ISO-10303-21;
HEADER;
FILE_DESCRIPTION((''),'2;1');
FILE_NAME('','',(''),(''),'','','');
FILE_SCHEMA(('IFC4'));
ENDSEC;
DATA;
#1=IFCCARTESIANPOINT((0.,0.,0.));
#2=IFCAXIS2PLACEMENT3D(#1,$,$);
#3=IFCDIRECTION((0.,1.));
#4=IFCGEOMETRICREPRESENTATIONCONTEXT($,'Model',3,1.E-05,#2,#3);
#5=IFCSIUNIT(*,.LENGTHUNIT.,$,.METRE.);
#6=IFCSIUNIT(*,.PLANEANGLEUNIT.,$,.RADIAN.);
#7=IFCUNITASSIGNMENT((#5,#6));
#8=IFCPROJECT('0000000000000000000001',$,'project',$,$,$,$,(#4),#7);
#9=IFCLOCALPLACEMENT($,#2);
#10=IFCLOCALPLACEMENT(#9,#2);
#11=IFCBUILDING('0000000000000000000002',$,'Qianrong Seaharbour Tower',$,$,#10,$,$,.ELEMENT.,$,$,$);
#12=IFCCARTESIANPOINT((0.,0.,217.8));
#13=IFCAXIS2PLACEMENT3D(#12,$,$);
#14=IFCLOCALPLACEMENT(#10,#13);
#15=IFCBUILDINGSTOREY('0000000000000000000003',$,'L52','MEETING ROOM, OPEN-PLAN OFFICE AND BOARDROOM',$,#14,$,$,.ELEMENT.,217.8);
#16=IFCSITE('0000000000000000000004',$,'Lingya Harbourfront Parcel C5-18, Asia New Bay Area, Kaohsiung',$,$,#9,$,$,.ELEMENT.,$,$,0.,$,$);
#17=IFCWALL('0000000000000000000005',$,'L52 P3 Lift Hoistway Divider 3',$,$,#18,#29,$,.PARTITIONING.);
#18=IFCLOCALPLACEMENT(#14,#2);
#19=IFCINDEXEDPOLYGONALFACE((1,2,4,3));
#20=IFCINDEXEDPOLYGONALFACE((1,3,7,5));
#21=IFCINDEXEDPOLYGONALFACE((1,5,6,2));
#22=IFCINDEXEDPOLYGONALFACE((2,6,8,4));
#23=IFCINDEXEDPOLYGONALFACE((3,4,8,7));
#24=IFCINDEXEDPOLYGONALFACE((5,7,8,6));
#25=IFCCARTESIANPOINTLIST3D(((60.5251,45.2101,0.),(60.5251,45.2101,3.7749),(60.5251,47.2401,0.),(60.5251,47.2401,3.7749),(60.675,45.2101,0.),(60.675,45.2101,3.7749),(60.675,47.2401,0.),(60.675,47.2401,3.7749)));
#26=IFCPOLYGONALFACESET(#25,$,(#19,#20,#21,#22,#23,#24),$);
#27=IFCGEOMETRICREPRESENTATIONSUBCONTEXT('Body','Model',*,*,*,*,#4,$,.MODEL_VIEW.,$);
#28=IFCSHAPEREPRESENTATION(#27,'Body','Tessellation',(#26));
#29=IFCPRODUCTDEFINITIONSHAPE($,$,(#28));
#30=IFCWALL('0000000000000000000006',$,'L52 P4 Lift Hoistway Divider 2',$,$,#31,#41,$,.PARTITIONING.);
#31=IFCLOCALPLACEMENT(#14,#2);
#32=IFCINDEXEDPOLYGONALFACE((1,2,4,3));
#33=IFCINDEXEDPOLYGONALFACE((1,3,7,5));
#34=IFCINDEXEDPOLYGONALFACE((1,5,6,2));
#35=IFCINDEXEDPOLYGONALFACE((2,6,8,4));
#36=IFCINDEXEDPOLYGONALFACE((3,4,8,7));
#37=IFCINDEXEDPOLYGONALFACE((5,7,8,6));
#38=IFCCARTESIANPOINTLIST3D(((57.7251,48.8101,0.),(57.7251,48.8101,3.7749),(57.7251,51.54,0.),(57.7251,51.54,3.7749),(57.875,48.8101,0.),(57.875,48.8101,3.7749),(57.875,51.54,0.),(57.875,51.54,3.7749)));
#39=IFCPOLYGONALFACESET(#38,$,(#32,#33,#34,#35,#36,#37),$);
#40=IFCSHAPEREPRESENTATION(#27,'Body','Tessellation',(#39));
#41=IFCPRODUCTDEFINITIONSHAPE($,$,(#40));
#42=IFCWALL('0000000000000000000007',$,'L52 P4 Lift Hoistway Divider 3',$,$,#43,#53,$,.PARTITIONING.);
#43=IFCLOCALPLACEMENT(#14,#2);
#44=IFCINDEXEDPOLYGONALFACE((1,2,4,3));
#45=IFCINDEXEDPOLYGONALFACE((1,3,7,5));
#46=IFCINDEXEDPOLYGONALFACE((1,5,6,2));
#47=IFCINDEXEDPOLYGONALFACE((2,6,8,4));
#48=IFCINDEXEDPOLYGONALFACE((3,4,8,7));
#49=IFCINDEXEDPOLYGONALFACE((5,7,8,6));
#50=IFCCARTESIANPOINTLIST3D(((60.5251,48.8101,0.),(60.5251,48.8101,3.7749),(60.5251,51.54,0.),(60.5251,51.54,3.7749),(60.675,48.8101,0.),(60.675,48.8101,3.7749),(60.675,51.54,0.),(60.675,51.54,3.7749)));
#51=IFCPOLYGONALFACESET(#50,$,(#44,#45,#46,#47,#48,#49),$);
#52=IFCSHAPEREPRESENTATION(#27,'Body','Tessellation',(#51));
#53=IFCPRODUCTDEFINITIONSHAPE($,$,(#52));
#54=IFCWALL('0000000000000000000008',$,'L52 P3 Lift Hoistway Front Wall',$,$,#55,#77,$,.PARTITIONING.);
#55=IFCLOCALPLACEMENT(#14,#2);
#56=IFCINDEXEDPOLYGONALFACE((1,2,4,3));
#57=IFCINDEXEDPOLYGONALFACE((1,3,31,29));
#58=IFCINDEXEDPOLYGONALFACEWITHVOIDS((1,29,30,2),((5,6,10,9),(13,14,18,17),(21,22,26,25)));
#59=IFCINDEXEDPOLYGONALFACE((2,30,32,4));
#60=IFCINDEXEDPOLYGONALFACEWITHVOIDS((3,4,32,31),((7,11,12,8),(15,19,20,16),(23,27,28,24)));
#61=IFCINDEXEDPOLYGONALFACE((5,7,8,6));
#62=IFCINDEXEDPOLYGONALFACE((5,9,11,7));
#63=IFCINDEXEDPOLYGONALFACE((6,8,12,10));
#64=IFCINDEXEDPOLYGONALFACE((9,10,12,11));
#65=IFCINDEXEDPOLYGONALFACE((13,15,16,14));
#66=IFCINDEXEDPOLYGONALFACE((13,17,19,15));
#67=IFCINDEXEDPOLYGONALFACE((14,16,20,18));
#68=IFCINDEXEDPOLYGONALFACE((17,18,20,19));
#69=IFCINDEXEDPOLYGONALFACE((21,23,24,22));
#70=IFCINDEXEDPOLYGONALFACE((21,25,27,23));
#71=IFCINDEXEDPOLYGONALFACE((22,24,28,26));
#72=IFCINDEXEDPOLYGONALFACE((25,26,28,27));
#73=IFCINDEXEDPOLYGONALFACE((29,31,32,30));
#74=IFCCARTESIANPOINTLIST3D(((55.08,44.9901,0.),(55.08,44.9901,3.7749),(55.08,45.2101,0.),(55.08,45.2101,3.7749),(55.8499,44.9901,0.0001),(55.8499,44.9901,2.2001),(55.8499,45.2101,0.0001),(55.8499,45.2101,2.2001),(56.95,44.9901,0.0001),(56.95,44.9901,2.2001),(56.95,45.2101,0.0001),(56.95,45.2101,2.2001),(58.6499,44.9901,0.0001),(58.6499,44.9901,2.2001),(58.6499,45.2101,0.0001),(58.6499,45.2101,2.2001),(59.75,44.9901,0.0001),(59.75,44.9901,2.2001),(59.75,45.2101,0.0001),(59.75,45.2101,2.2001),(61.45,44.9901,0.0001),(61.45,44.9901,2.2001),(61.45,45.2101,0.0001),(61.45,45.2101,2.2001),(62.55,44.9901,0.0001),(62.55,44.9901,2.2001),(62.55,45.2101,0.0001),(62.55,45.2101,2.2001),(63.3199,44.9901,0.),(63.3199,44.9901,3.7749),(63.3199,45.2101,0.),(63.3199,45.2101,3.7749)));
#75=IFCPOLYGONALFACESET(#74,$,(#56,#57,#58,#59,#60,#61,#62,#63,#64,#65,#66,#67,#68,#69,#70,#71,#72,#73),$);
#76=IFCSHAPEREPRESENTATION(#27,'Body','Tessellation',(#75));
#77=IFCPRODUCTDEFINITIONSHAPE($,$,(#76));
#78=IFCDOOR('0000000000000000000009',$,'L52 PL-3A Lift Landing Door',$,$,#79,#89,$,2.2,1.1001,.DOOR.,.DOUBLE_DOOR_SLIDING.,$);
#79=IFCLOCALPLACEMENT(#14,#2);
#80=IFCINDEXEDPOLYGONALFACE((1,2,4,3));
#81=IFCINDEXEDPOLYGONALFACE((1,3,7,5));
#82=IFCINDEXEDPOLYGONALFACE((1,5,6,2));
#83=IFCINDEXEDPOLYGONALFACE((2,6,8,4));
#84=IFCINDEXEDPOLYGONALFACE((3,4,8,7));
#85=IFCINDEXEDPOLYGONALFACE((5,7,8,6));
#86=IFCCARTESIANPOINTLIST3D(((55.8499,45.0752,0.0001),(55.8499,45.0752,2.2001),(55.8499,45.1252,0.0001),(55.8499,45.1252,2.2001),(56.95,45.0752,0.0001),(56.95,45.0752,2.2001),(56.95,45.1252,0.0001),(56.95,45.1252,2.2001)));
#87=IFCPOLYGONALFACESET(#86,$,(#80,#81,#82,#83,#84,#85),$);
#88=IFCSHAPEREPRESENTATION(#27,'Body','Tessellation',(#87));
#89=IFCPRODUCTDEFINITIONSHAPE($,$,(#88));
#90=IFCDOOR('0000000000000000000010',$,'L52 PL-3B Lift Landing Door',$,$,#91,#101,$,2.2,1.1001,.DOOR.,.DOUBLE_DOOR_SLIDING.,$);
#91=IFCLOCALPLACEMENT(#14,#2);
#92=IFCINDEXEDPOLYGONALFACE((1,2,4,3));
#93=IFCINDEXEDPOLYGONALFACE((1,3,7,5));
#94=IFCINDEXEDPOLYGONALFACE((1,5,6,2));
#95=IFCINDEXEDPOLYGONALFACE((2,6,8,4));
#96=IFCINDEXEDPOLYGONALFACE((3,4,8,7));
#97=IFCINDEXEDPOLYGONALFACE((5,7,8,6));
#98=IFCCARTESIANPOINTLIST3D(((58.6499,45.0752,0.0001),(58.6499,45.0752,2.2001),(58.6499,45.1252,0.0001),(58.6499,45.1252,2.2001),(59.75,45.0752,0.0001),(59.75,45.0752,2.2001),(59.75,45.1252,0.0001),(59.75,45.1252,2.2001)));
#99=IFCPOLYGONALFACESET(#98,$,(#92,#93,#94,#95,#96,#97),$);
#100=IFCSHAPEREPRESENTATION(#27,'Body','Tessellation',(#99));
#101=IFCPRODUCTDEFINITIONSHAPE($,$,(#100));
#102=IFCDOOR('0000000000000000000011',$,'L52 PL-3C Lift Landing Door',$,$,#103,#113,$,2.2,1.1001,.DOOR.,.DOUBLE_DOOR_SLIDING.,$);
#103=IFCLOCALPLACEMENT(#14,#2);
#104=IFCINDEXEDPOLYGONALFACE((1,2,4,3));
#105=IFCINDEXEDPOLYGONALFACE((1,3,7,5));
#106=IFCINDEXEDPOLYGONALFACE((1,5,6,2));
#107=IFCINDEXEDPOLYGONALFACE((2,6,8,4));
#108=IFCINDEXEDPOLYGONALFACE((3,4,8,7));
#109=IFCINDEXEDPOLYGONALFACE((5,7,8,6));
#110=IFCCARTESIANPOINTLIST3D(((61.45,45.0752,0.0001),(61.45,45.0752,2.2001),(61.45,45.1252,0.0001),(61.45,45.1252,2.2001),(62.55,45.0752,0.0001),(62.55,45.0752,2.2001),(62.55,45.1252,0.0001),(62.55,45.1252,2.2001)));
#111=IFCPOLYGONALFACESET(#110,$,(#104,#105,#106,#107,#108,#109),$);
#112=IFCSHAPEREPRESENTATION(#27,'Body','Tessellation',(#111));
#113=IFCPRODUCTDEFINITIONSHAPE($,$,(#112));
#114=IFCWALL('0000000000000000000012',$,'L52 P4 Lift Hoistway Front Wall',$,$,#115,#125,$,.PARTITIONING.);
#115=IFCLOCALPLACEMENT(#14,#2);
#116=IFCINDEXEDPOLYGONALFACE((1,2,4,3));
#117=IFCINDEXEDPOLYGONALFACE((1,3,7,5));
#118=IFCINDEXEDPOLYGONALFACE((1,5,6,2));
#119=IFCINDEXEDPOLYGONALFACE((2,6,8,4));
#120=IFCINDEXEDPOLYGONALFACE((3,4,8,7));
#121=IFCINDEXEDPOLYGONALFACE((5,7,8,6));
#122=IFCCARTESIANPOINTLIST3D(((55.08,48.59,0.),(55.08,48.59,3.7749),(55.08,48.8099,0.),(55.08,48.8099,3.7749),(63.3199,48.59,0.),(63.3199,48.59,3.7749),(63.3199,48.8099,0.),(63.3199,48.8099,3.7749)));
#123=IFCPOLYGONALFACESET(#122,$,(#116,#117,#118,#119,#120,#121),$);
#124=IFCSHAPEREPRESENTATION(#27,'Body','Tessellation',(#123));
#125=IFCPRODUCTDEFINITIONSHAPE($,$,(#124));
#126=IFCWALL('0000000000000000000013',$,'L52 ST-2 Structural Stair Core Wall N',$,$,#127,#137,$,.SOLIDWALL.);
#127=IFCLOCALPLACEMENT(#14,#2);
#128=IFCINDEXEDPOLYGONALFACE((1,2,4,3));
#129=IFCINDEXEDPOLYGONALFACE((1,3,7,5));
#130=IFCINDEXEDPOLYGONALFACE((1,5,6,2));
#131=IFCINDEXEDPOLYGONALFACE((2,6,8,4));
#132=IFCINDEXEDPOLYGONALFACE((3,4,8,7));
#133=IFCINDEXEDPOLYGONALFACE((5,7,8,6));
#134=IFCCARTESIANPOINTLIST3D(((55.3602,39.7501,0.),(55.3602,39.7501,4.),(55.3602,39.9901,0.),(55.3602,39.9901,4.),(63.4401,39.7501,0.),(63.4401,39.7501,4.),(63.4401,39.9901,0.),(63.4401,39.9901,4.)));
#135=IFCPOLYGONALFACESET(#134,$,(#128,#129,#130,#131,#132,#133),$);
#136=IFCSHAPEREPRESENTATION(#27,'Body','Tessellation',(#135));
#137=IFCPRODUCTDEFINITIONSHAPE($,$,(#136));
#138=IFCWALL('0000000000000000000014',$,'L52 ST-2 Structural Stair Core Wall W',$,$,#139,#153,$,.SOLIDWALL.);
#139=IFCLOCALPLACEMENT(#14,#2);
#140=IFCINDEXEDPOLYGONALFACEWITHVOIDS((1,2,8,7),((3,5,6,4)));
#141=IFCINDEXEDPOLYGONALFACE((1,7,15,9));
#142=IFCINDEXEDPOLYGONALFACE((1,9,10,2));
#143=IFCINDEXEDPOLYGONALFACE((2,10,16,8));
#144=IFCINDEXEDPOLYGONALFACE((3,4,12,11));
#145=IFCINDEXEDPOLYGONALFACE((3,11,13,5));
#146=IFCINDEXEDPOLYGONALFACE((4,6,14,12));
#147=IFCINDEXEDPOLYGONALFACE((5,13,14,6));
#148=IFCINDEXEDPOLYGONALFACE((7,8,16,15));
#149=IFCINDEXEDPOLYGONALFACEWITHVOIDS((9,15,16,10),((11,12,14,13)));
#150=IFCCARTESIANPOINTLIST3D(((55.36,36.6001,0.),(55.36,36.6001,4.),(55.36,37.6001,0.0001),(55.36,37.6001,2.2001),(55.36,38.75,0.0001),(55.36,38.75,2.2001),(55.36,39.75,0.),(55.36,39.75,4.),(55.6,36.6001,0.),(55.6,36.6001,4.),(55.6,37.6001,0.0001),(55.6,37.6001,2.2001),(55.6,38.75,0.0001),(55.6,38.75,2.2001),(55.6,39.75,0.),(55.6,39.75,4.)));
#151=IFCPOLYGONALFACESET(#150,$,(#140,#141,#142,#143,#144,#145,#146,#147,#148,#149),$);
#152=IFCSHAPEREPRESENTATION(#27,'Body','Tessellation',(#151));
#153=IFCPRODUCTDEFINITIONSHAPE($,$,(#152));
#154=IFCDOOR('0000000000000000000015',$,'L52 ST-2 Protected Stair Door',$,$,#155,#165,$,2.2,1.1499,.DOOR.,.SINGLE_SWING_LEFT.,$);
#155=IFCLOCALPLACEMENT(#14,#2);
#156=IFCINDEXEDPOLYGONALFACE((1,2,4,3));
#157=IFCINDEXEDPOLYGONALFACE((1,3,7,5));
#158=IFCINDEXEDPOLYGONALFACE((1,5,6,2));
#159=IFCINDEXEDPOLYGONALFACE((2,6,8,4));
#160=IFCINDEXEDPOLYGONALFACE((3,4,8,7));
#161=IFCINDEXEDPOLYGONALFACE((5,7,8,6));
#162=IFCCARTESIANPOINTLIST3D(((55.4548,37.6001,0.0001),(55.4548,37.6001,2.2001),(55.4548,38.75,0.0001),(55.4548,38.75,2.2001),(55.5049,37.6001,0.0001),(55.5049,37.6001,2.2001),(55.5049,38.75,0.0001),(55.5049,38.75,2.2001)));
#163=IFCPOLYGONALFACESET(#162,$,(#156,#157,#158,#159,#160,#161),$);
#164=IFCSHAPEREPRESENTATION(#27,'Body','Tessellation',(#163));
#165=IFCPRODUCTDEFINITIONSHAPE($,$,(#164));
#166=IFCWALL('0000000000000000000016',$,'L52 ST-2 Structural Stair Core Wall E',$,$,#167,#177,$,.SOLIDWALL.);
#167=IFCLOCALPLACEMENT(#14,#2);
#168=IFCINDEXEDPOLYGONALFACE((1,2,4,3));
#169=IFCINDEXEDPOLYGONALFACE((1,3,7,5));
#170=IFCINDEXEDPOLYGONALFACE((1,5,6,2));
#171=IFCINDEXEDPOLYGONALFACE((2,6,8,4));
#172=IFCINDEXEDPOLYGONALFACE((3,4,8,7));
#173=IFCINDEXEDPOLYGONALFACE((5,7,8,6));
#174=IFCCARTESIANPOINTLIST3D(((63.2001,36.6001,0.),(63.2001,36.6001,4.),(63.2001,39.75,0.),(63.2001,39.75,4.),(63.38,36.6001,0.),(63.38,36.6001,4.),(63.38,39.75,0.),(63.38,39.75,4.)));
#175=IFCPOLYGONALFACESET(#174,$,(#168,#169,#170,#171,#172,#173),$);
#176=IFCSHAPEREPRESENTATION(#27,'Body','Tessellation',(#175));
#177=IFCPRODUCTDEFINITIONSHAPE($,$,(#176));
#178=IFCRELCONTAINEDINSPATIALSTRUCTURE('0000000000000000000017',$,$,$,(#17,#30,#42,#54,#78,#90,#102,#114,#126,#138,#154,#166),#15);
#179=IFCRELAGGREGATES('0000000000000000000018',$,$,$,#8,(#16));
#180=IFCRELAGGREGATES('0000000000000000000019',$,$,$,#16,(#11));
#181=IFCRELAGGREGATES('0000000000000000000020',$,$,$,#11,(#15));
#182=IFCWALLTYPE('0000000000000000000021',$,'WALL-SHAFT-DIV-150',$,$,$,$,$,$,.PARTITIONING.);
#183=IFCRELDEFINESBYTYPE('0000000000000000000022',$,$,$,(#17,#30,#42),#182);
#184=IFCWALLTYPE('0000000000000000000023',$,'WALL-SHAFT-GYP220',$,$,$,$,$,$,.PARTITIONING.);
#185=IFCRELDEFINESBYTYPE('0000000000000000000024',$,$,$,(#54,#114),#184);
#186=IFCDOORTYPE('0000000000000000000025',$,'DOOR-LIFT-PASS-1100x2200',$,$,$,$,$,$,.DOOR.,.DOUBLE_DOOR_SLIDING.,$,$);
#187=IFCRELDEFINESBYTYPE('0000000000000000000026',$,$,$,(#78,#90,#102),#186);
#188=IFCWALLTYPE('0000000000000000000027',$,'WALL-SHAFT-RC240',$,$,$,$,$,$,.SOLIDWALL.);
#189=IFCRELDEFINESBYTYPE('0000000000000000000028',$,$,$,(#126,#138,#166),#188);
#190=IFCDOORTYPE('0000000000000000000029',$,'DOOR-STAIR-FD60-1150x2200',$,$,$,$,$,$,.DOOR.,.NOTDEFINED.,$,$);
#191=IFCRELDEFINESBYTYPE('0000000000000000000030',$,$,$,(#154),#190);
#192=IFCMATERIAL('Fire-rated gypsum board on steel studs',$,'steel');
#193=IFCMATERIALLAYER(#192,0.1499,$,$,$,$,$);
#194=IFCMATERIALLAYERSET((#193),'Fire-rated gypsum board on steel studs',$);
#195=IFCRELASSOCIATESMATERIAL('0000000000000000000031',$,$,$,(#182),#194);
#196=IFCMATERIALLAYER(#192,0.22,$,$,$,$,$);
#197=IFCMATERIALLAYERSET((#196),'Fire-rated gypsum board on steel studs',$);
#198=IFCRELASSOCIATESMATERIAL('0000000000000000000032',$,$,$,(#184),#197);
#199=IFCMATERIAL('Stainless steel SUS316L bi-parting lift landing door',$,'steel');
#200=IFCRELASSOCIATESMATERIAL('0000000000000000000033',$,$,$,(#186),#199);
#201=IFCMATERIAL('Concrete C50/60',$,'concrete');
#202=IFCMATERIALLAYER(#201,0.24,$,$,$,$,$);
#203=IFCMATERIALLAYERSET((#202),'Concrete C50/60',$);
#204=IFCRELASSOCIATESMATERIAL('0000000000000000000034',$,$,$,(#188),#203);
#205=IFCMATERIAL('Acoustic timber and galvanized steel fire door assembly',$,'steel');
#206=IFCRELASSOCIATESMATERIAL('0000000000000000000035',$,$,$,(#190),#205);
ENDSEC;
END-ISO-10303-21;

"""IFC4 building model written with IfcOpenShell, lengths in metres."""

from ifc_helpers import new_model, si_unit, direction, frame, frame_2d, origin, place, context, subcontext, project, spatial, rectangle, extrude, material, layer, layer_set, type_object, element, fill, save


model = new_model("IFC4")

# Units and contexts
model_context = context("Model", 3, precision=1e-05, world=origin(), true_north=direction((0.0, 1.0)))
body_context = subcontext(model_context, "Body", "Model", "MODEL_VIEW")
ifc_project = project(units=[si_unit("LENGTHUNIT", "METRE"), si_unit("PLANEANGLEUNIT", "RADIAN")], contexts=[model_context])

# Site, building, storey
site_placement = place(None, origin())
site = spatial("IfcSite", under=ifc_project, at=site_placement, Name="Lingya Harbourfront Parcel C5-18, Asia New Bay Area, Kaohsiung", CompositionType="ELEMENT", RefElevation=0.0)
building_placement = place(site_placement, origin())
building = spatial("IfcBuilding", under=site, at=building_placement, Name="Qianrong Seaharbour Tower", CompositionType="ELEMENT")
storey_placement = place(building_placement, frame((0.0, 0.0, 217.8)))
storey = spatial("IfcBuildingStorey", under=building, at=storey_placement, Name="L52", Description="MEETING ROOM, OPEN-PLAN OFFICE AND BOARDROOM", CompositionType="ELEMENT", Elevation=217.8)

# Shared definitions
ifc_material_1 = material(Name="Acoustic timber and galvanized steel fire door assembly", Category="steel")

# Walls
ifc_material_2 = material(Name="Fire-rated gypsum board on steel studs", Category="steel")
ifc_layer_1 = layer(ifc_material_2, 0.1499)
ifc_layer_set_1 = layer_set([ifc_layer_1], Name="Fire-rated gypsum board on steel studs")
wall_type_1 = type_object("IfcWallType", Name="WALL-SHAFT-DIV-150", PredefinedType="PARTITIONING", material=ifc_layer_set_1)
for number, where, z_axis, x_axis, name in (
    (1, (60.6001, 45.21, 0.0), (0.0, 0.0, 1.0), (0.0, 1.0, 0.0), "L52 P3 Lift Hoistway Divider 3"),
):
    element("IfcWall", number, at=place(storey_placement, frame(where, z_axis=z_axis, x_axis=x_axis)), inside=storey, type_object=wall_type_1, Name=name, PredefinedType="PARTITIONING", context=body_context, shape_type="SweptSolid", body=[
        extrude(rectangle(XDim=2.03, YDim=0.1499, at=frame_2d((1.0151, 0.0))), origin(), (0.0, 0.0, 1.0), 3.7749),
    ])
for number, where, z_axis, x_axis, name in (
    (2, (57.8, 48.8101, 0.0), (0.0, 0.0, 1.0), (0.0, 1.0, 0.0), "L52 P4 Lift Hoistway Divider 2"),
    (3, (60.6001, 48.8101, 0.0), (0.0, 0.0, 1.0), (0.0, 1.0, 0.0), "L52 P4 Lift Hoistway Divider 3"),
):
    element("IfcWall", number, at=place(storey_placement, frame(where, z_axis=z_axis, x_axis=x_axis)), inside=storey, type_object=wall_type_1, Name=name, PredefinedType="PARTITIONING", context=body_context, shape_type="SweptSolid", body=[
        extrude(rectangle(XDim=2.73, YDim=0.1499, at=frame_2d((1.365, 0.0))), origin(), (0.0, 0.0, 1.0), 3.7749),
    ])

# Wall, openings, doors
ifc_layer_2 = layer(ifc_material_2, 0.22)
ifc_layer_set_2 = layer_set([ifc_layer_2], Name="Fire-rated gypsum board on steel studs")
wall_type_2 = type_object("IfcWallType", Name="WALL-SHAFT-GYP220", PredefinedType="PARTITIONING", material=ifc_layer_set_2)
wall_1_placement = place(storey_placement, frame((63.3201, 45.1001, 0.0), z_axis=(0.0, 0.0, 1.0), x_axis=(-1.0, 0.0, 0.0)))
wall_1 = element("IfcWall", 4, at=wall_1_placement, inside=storey, type_object=wall_type_2, Name="L52 P3 Lift Hoistway Front Wall", PredefinedType="PARTITIONING", context=body_context, shape_type="SweptSolid", body=[
    extrude(rectangle(XDim=8.24, YDim=0.22, at=frame_2d((4.1201, 0.0))), origin(), (0.0, 0.0, 1.0), 3.7749),
])
opening_1_placement = place(wall_1_placement, frame((6.3701, 0.0, 0.0)))
opening_1 = element("IfcOpeningElement", 5, at=opening_1_placement, cuts=wall_1, PredefinedType="OPENING", context=body_context, shape_type="SweptSolid", body=[
    extrude(rectangle(XDim=1.1001, YDim=2.2, at=frame_2d((0.55, 1.1001))), frame((0.0, 0.1201, 0.0), z_axis=(0.0, -1.0, 0.0), x_axis=(1.0, 0.0, 0.0)), (0.0, 0.0, 1.0), 0.24),
])
opening_2_placement = place(wall_1_placement, frame((3.5701, 0.0, 0.0)))
opening_2 = element("IfcOpeningElement", 6, at=opening_2_placement, cuts=wall_1, PredefinedType="OPENING", context=body_context, shape_type="SweptSolid", body=[
    extrude(rectangle(XDim=1.1001, YDim=2.2, at=frame_2d((0.55, 1.1001))), frame((0.0, 0.1201, 0.0), z_axis=(0.0, -1.0, 0.0), x_axis=(1.0, 0.0, 0.0)), (0.0, 0.0, 1.0), 0.24),
])
opening_3_placement = place(wall_1_placement, frame((0.77, 0.0, 0.0)))
opening_3 = element("IfcOpeningElement", 7, at=opening_3_placement, cuts=wall_1, PredefinedType="OPENING", context=body_context, shape_type="SweptSolid", body=[
    extrude(rectangle(XDim=1.1001, YDim=2.2, at=frame_2d((0.55, 1.1001))), frame((0.0, 0.1201, 0.0), z_axis=(0.0, -1.0, 0.0), x_axis=(1.0, 0.0, 0.0)), (0.0, 0.0, 1.0), 0.24),
])
ifc_material_3 = material(Name="Stainless steel SUS316L bi-parting lift landing door", Category="steel")
door_type_1 = type_object("IfcDoorType", Name="DOOR-LIFT-PASS-1100x2200", OperationType="DOUBLE_DOOR_SLIDING", PredefinedType="DOOR", material=ifc_material_3)
door_1_placement = place(opening_1_placement, origin())
door_1 = element("IfcDoor", 8, at=door_1_placement, inside=storey, type_object=door_type_1, Name="L52 PL-3A Lift Landing Door", OperationType="DOUBLE_DOOR_SLIDING", OverallHeight=2.2, OverallWidth=1.1001, PredefinedType="DOOR", context=body_context, shape_type="SweptSolid", body=[
    extrude(rectangle(XDim=1.1001, YDim=2.2, at=frame_2d((0.55, 1.1001))), frame((0.0, 0.0249, 0.0), z_axis=(0.0, -1.0, 0.0), x_axis=(1.0, 0.0, 0.0)), (0.0, 0.0, 1.0), 0.05),
])
fill(opening_1, door_1)
door_2_placement = place(opening_2_placement, origin())
door_2 = element("IfcDoor", 9, at=door_2_placement, inside=storey, type_object=door_type_1, Name="L52 PL-3B Lift Landing Door", OperationType="DOUBLE_DOOR_SLIDING", OverallHeight=2.2, OverallWidth=1.1001, PredefinedType="DOOR", context=body_context, shape_type="SweptSolid", body=[
    extrude(rectangle(XDim=1.1001, YDim=2.2, at=frame_2d((0.55, 1.1001))), frame((0.0, 0.0249, 0.0), z_axis=(0.0, -1.0, 0.0), x_axis=(1.0, 0.0, 0.0)), (0.0, 0.0, 1.0), 0.05),
])
fill(opening_2, door_2)
door_3_placement = place(opening_3_placement, origin())
door_3 = element("IfcDoor", 10, at=door_3_placement, inside=storey, type_object=door_type_1, Name="L52 PL-3C Lift Landing Door", OperationType="DOUBLE_DOOR_SLIDING", OverallHeight=2.2, OverallWidth=1.1001, PredefinedType="DOOR", context=body_context, shape_type="SweptSolid", body=[
    extrude(rectangle(XDim=1.1001, YDim=2.2, at=frame_2d((0.55, 1.1001))), frame((0.0, 0.0249, 0.0), z_axis=(0.0, -1.0, 0.0), x_axis=(1.0, 0.0, 0.0)), (0.0, 0.0, 1.0), 0.05),
])
fill(opening_3, door_3)

# Walls
wall_2_placement = place(storey_placement, frame((63.3201, 48.7, 0.0), z_axis=(0.0, 0.0, 1.0), x_axis=(-1.0, 0.0, 0.0)))
element("IfcWall", 11, at=wall_2_placement, inside=storey, type_object=wall_type_2, Name="L52 P4 Lift Hoistway Front Wall", PredefinedType="PARTITIONING", context=body_context, shape_type="SweptSolid", body=[
    extrude(rectangle(XDim=8.24, YDim=0.22, at=frame_2d((4.1201, 0.0))), origin(), (0.0, 0.0, 1.0), 3.7749),
])
ifc_material_4 = material(Name="Concrete C50/60", Category="concrete")
ifc_layer_3 = layer(ifc_material_4, 0.24)
ifc_layer_set_3 = layer_set([ifc_layer_3], Name="Concrete C50/60")
wall_type_3 = type_object("IfcWallType", Name="WALL-SHAFT-RC240", PredefinedType="SOLIDWALL", material=ifc_layer_set_3)
wall_3_placement = place(storey_placement, frame((55.3601, 39.8701, 0.0), z_axis=(0.0, 0.0, 1.0), x_axis=(1.0, 0.0, 0.0)))
element("IfcWall", 12, at=wall_3_placement, inside=storey, type_object=wall_type_3, Name="L52 ST-2 Structural Stair Core Wall N", PredefinedType="SOLIDWALL", context=body_context, shape_type="SweptSolid", body=[
    extrude(rectangle(XDim=8.0798, YDim=0.24, at=frame_2d((4.04, 0.0))), origin(), (0.0, 0.0, 1.0), 4.0),
])

# Wall, opening, door
wall_4_placement = place(storey_placement, frame((55.48, 39.75, 0.0), z_axis=(0.0, 0.0, 1.0), x_axis=(0.0, -1.0, 0.0)))
wall_4 = element("IfcWall", 13, at=wall_4_placement, inside=storey, type_object=wall_type_3, Name="L52 ST-2 Structural Stair Core Wall W", PredefinedType="SOLIDWALL", context=body_context, shape_type="SweptSolid", body=[
    extrude(rectangle(XDim=3.1499, YDim=0.24, at=frame_2d((1.575, 0.0))), origin(), (0.0, 0.0, 1.0), 4.0),
])
opening_4_placement = place(wall_4_placement, frame((1.0, 0.0, 0.0)))
opening_4 = element("IfcOpeningElement", 14, at=opening_4_placement, cuts=wall_4, PredefinedType="OPENING", context=body_context, shape_type="SweptSolid", body=[
    extrude(rectangle(XDim=1.1499, YDim=2.2, at=frame_2d((0.575, 1.1001))), frame((0.0, 0.1299, 0.0), z_axis=(0.0, -1.0, 0.0), x_axis=(1.0, 0.0, 0.0)), (0.0, 0.0, 1.0), 0.26),
])
door_type_2 = type_object("IfcDoorType", Name="DOOR-STAIR-FD60-1150x2200", OperationType="NOTDEFINED", PredefinedType="DOOR", material=ifc_material_1)
door_4_placement = place(opening_4_placement, origin())
door_4 = element("IfcDoor", 15, at=door_4_placement, inside=storey, type_object=door_type_2, Name="L52 ST-2 Protected Stair Door", OperationType="SINGLE_SWING_LEFT", OverallHeight=2.2, OverallWidth=1.1499, PredefinedType="DOOR", context=body_context, shape_type="SweptSolid", body=[
    extrude(rectangle(XDim=1.1499, YDim=2.2, at=frame_2d((0.575, 1.1001))), frame((0.0, 0.0249, 0.0), z_axis=(0.0, -1.0, 0.0), x_axis=(1.0, 0.0, 0.0)), (0.0, 0.0, 1.0), 0.05),
])
fill(opening_4, door_4)

# Wall
wall_5_placement = place(storey_placement, frame((63.29, 36.6001, 0.0), z_axis=(0.0, 0.0, 1.0), x_axis=(0.0, 1.0, 0.0)))
element("IfcWall", 16, at=wall_5_placement, inside=storey, type_object=wall_type_3, Name="L52 ST-2 Structural Stair Core Wall E", PredefinedType="SOLIDWALL", context=body_context, shape_type="SweptSolid", body=[
    extrude(rectangle(XDim=3.1499, YDim=0.1799, at=frame_2d((1.575, 0.0))), origin(), (0.0, 0.0, 1.0), 4.0),
])

save(model, "model.ifc")
